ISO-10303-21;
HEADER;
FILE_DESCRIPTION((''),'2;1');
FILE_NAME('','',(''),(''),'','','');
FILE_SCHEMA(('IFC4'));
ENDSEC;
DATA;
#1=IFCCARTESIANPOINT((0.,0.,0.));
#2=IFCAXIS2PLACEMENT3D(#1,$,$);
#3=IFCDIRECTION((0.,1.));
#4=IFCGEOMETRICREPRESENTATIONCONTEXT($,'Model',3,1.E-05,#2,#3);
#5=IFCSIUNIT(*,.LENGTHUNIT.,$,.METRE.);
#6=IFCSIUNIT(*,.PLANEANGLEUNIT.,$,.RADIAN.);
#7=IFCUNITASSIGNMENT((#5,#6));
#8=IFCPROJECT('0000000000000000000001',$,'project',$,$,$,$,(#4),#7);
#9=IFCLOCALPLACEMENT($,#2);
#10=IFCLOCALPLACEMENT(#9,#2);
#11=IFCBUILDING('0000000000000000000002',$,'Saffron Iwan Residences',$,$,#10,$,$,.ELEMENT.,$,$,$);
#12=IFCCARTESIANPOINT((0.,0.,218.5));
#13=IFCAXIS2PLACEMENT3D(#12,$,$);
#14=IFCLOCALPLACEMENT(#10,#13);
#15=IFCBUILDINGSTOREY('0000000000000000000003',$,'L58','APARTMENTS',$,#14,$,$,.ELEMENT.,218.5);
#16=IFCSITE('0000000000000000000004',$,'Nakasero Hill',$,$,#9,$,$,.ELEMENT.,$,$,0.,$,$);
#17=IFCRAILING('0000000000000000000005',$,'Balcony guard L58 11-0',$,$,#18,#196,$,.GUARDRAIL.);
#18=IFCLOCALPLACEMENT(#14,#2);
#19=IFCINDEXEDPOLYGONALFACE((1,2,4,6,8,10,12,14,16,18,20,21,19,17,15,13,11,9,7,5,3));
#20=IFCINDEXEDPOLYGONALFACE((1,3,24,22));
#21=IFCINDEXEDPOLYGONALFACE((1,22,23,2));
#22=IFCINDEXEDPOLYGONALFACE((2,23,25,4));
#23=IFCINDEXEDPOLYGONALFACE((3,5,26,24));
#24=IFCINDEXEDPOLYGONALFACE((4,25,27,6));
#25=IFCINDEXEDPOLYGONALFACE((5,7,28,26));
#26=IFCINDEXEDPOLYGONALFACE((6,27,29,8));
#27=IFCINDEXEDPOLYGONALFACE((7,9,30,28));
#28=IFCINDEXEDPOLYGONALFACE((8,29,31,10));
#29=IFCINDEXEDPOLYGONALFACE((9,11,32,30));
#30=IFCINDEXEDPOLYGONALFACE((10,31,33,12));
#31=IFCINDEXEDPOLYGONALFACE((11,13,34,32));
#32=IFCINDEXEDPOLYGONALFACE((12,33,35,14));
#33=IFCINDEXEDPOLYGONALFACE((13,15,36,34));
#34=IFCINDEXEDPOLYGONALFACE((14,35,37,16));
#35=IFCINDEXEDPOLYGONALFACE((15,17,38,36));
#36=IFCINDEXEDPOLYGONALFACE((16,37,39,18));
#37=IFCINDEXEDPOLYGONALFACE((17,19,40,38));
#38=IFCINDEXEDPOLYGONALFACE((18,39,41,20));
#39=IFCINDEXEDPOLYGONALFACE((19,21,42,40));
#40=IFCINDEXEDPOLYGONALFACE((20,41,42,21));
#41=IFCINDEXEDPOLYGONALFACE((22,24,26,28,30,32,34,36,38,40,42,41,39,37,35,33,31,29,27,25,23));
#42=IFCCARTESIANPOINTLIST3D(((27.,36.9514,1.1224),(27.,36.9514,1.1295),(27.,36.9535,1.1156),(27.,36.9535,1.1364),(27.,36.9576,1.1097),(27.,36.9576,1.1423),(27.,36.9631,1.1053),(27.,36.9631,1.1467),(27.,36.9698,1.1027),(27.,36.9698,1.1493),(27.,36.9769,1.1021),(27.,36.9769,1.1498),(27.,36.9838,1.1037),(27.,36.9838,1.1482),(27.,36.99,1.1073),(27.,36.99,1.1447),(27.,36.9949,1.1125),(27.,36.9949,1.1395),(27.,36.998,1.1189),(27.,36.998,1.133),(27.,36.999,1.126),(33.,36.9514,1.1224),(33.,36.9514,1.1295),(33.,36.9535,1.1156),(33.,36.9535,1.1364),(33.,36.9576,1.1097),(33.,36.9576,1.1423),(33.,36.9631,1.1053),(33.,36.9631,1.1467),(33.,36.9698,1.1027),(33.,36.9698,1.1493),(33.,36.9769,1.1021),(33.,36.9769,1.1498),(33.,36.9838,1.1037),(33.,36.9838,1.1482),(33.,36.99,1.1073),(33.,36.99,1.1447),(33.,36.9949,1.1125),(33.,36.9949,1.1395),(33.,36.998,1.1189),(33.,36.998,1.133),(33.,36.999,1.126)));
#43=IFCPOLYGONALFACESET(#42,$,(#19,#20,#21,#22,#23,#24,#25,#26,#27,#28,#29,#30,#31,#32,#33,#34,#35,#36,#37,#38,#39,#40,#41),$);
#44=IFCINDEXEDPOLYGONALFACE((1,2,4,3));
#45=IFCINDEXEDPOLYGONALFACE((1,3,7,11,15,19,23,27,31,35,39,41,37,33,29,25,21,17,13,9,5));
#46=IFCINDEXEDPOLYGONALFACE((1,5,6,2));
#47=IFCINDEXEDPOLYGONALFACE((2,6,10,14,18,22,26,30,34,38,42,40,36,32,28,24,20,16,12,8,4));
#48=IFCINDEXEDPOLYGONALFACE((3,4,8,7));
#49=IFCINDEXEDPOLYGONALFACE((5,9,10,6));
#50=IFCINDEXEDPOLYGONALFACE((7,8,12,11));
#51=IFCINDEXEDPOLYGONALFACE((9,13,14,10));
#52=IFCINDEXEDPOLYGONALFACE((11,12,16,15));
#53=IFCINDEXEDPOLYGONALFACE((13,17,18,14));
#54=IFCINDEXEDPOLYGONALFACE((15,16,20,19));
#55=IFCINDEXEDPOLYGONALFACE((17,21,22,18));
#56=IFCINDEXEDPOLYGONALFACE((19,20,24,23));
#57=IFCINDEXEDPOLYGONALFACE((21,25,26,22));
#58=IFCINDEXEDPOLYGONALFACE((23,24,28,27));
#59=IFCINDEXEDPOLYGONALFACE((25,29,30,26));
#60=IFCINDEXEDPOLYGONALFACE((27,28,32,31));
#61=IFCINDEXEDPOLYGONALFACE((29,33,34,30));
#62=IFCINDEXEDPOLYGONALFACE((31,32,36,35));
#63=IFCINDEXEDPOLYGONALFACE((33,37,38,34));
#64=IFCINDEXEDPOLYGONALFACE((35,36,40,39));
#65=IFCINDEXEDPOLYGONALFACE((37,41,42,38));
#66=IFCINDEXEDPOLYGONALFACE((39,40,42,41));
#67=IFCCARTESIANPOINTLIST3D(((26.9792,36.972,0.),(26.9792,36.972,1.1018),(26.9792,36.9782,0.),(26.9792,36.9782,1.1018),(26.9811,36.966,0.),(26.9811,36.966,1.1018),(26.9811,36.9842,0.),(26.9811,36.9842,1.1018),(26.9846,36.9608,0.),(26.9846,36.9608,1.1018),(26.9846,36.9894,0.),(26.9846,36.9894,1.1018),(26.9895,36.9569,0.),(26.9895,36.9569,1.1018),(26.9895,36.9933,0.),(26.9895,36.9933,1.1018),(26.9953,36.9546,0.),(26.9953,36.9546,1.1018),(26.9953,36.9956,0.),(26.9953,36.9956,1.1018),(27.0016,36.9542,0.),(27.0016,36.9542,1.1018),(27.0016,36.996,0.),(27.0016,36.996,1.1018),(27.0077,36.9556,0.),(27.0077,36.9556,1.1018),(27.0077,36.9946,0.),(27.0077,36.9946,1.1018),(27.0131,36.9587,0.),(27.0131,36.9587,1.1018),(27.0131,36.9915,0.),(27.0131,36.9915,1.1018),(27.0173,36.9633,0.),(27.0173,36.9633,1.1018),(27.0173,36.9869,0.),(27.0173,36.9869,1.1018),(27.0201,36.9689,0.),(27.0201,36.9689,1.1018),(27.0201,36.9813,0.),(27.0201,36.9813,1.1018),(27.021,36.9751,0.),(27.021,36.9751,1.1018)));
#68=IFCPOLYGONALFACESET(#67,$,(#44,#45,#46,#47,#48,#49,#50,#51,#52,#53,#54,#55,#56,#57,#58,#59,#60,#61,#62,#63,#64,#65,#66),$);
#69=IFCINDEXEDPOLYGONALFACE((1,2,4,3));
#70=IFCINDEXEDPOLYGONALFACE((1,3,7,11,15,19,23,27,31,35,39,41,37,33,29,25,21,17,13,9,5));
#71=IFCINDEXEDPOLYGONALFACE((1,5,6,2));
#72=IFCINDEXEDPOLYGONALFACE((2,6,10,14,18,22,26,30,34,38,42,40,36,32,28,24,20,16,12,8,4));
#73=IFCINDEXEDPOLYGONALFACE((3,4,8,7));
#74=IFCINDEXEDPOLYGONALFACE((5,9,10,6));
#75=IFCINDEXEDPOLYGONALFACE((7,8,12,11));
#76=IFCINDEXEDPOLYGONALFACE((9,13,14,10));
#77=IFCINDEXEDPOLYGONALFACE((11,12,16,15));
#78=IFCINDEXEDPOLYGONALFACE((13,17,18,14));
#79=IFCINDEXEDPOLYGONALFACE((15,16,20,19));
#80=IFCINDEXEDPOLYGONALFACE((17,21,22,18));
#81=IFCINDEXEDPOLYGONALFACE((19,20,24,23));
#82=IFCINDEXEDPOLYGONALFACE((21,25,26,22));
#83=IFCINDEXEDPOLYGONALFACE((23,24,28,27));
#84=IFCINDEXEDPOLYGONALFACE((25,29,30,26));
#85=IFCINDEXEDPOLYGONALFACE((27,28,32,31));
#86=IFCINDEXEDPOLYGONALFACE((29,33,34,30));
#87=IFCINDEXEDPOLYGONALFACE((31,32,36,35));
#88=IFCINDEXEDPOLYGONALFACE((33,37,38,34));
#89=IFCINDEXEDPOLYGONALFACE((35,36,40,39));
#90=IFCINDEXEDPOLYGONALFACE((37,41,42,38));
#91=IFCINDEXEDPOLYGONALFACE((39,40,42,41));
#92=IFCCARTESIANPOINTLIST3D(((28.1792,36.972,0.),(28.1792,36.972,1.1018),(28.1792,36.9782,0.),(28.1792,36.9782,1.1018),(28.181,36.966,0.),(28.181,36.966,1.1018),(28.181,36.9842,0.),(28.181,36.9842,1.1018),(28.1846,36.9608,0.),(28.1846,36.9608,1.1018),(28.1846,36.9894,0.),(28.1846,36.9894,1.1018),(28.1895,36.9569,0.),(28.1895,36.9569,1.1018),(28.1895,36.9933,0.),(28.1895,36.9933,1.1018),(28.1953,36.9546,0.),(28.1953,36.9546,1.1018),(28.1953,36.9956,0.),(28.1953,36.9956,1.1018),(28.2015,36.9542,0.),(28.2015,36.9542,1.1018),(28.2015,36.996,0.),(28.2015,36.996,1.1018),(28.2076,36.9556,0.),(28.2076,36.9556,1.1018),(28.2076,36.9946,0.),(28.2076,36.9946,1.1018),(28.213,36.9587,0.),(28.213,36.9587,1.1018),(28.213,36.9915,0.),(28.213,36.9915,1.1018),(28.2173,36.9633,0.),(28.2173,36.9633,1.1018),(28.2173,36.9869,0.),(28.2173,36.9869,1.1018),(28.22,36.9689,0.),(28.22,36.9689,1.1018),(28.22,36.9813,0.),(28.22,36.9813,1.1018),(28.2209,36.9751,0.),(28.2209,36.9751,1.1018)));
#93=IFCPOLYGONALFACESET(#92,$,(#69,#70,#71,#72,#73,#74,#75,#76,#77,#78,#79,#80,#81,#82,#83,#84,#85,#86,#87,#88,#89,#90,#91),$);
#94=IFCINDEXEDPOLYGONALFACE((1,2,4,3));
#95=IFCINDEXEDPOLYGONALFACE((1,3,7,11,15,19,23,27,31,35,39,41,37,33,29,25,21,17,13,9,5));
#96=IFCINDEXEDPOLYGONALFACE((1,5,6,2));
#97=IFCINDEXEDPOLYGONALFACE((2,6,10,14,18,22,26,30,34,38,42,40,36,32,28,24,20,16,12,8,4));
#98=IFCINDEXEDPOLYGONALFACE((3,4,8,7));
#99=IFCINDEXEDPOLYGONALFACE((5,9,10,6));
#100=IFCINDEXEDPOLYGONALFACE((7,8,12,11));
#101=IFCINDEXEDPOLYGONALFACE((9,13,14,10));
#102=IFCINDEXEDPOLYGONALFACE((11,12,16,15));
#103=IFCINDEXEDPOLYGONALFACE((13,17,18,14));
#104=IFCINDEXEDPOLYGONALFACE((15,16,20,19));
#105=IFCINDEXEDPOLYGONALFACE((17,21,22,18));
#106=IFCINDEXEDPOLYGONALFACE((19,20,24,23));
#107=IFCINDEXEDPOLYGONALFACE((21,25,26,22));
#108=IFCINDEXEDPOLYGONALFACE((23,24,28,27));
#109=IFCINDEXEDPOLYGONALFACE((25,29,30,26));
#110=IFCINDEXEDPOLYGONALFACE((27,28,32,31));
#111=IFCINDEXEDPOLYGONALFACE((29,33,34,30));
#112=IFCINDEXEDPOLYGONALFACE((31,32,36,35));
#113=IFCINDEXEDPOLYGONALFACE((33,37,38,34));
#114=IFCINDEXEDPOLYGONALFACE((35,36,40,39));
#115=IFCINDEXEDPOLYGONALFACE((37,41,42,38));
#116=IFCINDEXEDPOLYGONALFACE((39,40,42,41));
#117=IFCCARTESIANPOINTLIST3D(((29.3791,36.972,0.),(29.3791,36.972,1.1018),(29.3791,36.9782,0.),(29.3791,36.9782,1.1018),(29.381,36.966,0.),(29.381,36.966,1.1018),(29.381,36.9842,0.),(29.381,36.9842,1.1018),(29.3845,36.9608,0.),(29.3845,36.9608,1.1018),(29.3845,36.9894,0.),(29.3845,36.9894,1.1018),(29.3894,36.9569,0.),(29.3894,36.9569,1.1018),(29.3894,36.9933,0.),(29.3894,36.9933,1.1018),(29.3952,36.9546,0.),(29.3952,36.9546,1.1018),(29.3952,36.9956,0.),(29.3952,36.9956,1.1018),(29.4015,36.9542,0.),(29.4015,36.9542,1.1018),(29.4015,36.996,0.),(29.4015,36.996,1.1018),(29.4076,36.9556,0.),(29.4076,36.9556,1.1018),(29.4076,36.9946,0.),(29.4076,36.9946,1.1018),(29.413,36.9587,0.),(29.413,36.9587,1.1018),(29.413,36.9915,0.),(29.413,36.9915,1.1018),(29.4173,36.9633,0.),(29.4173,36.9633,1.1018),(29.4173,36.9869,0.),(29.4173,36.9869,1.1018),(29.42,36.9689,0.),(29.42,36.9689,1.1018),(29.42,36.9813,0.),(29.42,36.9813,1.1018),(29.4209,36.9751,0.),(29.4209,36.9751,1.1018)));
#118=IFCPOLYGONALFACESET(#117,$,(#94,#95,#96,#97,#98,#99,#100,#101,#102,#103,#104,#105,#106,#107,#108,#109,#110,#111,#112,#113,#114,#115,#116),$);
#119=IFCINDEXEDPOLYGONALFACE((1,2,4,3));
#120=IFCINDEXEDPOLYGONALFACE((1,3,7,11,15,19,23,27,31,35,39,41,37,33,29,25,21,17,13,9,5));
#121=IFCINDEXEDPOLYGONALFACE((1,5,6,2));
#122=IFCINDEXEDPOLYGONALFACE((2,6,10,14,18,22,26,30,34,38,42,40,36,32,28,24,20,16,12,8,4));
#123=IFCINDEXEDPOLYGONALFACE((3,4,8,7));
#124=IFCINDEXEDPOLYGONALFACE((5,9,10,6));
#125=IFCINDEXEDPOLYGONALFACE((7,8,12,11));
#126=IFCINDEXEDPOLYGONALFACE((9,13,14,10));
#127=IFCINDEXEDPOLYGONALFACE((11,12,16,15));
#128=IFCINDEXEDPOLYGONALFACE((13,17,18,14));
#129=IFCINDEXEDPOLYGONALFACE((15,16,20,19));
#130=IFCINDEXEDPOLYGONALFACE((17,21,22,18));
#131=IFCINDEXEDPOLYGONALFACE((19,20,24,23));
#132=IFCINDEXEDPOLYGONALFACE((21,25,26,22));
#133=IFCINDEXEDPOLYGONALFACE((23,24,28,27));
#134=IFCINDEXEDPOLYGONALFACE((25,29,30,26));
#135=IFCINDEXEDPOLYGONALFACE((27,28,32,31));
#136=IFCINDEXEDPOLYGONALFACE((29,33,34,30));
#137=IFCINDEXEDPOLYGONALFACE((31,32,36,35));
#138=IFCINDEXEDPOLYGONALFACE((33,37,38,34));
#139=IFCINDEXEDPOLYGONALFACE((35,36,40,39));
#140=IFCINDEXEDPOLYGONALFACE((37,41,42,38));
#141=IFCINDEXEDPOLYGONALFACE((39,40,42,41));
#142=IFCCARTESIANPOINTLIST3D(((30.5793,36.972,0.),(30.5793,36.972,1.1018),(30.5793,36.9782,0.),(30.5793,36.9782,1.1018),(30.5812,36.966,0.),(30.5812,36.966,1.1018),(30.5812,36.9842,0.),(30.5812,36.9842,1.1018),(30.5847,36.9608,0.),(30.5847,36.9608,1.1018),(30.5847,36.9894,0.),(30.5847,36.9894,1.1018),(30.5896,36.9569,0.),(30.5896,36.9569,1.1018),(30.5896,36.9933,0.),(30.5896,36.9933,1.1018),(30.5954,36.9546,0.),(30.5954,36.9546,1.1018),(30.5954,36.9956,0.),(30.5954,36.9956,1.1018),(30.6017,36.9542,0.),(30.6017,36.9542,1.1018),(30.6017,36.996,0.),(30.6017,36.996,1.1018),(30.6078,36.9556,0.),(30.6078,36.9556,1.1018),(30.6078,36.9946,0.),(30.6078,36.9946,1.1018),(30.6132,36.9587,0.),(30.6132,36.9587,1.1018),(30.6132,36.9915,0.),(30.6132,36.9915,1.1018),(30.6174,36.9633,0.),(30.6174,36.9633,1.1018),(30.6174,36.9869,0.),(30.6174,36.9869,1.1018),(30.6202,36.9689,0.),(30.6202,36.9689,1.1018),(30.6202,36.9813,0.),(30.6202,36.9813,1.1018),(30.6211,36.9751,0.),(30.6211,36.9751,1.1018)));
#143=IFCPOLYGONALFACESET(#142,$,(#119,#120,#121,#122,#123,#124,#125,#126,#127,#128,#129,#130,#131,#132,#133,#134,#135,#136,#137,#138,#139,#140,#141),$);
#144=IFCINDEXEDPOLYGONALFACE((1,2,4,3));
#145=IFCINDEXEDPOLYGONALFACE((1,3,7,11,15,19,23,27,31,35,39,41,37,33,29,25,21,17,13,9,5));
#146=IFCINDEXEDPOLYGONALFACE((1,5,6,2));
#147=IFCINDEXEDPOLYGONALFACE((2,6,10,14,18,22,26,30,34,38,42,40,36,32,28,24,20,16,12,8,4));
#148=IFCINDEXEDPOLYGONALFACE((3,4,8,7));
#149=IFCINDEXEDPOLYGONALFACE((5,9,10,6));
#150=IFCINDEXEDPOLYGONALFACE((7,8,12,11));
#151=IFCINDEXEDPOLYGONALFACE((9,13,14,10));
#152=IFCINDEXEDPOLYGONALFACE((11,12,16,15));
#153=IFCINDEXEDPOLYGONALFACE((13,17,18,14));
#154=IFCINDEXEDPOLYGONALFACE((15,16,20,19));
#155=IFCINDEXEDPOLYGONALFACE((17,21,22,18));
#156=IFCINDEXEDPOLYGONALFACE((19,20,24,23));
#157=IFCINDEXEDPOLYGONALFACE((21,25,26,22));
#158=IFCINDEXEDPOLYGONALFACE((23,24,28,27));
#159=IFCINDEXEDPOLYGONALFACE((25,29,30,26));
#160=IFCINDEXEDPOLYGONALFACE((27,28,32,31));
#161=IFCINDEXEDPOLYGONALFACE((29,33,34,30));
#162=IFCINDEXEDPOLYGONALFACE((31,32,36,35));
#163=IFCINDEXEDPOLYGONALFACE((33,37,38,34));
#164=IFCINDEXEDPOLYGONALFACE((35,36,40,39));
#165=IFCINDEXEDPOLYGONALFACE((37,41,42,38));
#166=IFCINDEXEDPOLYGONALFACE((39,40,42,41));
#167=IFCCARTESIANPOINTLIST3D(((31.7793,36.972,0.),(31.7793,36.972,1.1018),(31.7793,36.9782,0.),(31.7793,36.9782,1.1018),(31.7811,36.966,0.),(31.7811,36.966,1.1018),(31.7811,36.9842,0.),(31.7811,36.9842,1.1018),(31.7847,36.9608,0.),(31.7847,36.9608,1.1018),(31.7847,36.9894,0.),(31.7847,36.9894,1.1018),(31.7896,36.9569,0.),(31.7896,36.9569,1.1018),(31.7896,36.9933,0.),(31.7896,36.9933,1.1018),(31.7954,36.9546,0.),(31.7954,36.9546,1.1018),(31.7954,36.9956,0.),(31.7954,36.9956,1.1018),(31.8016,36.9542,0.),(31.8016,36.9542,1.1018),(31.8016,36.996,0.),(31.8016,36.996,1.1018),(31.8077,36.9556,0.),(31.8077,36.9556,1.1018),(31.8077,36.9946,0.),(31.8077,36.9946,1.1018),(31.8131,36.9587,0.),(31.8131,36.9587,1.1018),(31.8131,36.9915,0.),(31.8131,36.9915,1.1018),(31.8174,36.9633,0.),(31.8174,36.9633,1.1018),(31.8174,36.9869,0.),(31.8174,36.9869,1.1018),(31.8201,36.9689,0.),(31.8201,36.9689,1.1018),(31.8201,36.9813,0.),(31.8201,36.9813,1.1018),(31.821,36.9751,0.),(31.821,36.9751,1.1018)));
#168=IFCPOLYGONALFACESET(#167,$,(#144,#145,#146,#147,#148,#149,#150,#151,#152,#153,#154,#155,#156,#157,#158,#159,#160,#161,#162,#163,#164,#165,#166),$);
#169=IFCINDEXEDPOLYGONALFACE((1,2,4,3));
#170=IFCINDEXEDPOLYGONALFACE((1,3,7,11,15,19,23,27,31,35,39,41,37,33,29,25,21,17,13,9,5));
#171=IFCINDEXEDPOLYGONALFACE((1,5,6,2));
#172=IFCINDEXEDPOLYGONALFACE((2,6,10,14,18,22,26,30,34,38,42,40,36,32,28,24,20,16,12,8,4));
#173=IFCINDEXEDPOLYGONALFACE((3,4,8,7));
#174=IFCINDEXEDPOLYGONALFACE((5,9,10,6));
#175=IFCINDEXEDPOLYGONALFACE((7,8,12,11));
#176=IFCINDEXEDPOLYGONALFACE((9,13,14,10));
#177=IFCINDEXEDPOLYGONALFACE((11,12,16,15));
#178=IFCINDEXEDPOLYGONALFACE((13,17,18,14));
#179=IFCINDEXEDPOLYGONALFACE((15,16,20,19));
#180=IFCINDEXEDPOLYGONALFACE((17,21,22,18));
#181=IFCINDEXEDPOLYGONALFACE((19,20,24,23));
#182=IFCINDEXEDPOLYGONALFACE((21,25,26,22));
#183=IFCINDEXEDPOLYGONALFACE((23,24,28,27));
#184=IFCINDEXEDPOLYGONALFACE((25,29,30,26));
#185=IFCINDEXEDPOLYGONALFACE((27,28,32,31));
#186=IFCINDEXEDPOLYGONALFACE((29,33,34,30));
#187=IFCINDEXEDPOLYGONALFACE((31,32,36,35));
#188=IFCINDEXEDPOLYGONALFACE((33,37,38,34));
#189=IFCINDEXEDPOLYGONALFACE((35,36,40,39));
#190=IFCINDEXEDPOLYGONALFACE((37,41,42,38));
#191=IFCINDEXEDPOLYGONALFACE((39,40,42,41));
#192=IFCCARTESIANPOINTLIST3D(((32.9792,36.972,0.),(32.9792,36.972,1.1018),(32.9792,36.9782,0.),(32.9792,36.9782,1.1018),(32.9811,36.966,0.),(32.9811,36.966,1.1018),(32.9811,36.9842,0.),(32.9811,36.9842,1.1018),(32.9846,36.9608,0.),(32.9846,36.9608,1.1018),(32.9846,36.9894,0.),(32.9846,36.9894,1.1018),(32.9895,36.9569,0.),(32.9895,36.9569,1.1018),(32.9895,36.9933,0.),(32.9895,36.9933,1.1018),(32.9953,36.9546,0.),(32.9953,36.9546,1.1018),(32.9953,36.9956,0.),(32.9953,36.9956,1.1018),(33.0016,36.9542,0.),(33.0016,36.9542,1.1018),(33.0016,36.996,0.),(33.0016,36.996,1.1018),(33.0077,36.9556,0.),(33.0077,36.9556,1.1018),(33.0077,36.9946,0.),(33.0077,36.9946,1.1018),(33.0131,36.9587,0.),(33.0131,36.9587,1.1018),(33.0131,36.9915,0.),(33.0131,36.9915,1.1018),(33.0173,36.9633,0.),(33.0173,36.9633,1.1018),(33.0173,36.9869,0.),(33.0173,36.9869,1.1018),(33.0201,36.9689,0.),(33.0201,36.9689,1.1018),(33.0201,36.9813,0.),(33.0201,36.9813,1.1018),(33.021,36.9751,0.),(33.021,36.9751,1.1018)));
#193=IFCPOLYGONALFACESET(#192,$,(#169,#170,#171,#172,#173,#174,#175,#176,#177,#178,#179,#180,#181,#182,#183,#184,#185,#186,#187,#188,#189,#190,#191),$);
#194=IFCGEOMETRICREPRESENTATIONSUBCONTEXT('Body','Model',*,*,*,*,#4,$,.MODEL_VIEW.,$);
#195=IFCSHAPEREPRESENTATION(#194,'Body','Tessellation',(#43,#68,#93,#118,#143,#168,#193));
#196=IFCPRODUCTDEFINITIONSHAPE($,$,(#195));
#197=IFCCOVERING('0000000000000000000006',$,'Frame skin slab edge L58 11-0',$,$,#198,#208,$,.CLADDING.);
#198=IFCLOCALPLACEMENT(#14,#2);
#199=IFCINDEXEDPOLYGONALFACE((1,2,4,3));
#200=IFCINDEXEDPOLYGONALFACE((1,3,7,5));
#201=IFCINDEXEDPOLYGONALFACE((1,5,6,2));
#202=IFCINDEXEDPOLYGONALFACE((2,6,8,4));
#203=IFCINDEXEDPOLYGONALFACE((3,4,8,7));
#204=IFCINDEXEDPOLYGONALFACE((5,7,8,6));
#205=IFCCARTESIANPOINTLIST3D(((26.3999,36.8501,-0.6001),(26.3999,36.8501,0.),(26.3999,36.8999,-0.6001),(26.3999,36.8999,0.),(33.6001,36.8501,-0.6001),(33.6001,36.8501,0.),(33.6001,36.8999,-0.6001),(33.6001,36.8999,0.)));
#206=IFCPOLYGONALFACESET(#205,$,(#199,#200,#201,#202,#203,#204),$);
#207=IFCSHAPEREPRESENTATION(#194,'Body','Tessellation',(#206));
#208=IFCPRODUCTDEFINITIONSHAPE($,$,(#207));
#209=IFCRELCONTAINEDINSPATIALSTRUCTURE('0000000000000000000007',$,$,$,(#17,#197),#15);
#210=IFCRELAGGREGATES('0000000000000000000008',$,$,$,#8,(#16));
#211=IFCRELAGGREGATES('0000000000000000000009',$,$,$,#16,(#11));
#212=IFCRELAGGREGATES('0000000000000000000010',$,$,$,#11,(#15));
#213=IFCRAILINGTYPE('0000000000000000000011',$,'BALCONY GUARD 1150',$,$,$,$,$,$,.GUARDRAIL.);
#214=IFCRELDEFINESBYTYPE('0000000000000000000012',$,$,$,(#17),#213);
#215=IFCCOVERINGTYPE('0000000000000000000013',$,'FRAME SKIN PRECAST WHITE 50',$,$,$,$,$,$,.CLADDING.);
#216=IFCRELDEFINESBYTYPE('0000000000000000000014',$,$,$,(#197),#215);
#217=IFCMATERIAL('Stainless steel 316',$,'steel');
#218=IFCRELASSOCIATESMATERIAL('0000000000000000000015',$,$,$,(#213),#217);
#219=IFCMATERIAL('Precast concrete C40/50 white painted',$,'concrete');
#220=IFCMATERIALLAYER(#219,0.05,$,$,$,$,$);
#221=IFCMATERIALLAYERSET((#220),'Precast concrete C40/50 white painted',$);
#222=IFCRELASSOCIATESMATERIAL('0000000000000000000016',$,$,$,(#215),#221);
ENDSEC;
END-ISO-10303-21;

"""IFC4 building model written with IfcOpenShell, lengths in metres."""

from ifc_helpers import new_model, si_unit, direction, frame, origin, origin_2d, place, context, subcontext, project, spatial, polyline, circle, outline, extrude, material, layer, layer_set, type_object, element, save


model = new_model("IFC4")

# Units and contexts
model_context = context("Model", 3, precision=1e-05, world=origin(), true_north=direction((0.0, 1.0)))
body_context = subcontext(model_context, "Body", "Model", "MODEL_VIEW")
ifc_project = project(units=[si_unit("LENGTHUNIT", "METRE"), si_unit("PLANEANGLEUNIT", "RADIAN")], contexts=[model_context])

# Site, building, storey
site_placement = place(None, origin())
site = spatial("IfcSite", under=ifc_project, at=site_placement, Name="Nakasero Hill", CompositionType="ELEMENT", RefElevation=0.0)
building_placement = place(site_placement, origin())
building = spatial("IfcBuilding", under=site, at=building_placement, Name="Saffron Iwan Residences", CompositionType="ELEMENT")
storey_placement = place(building_placement, frame((0.0, 0.0, 218.5)))
storey = spatial("IfcBuildingStorey", under=building, at=storey_placement, Name="L58", Description="APARTMENTS", CompositionType="ELEMENT", Elevation=218.5)

# Railing
ifc_material_1 = material(Name="Stainless steel 316", Category="steel")
railing_type = type_object("IfcRailingType", Name="BALCONY GUARD 1150", PredefinedType="GUARDRAIL", material=ifc_material_1)
railing_placement = place(storey_placement, frame((27.0, 36.9751, 0.0)))
element("IfcRailing", 1, at=railing_placement, inside=storey, type_object=railing_type, Name="Balcony guard L58 11-0", PredefinedType="GUARDRAIL", context=body_context, shape_type="SweptSolid", body=[
    extrude(circle(Radius=0.0239, at=origin_2d()), frame((0.0, 0.0, 1.126), z_axis=(1.0, 0.0, 0.0), x_axis=(0.0, 1.0, 0.0)), (0.0, 0.0, 1.0), 6.0),
    extrude(circle(Radius=0.021, at=origin_2d()), origin(), (0.0, 0.0, 1.0), 1.1018),
    extrude(circle(Radius=0.021, at=origin_2d()), frame((1.2, 0.0, 0.0)), (0.0, 0.0, 1.0), 1.1018),
    extrude(circle(Radius=0.021, at=origin_2d()), frame((2.3999, 0.0, 0.0)), (0.0, 0.0, 1.0), 1.1018),
    extrude(circle(Radius=0.021, at=origin_2d()), frame((3.6001, 0.0, 0.0)), (0.0, 0.0, 1.0), 1.1018),
    extrude(circle(Radius=0.021, at=origin_2d()), frame((4.8, 0.0, 0.0)), (0.0, 0.0, 1.0), 1.1018),
    extrude(circle(Radius=0.021, at=origin_2d()), frame((6.0, 0.0, 0.0)), (0.0, 0.0, 1.0), 1.1018),
])

# Covering
ifc_material_2 = material(Name="Precast concrete C40/50 white painted", Category="concrete")
ifc_layer_1 = layer(ifc_material_2, 0.05)
ifc_layer_set_1 = layer_set([ifc_layer_1], Name="Precast concrete C40/50 white painted")
covering_type_1 = type_object("IfcCoveringType", Name="FRAME SKIN PRECAST WHITE 50", PredefinedType="CLADDING", material=ifc_layer_set_1)
for number, where, name in (
    (2, (0.0, 0.0, -0.6001), "Frame skin slab edge L58 11-0"),
):
    element("IfcCovering", number, at=place(storey_placement, frame(where)), inside=storey, type_object=covering_type_1, Name=name, PredefinedType="CLADDING", context=body_context, shape_type="SweptSolid", body=[
        extrude(outline(polyline([(26.3999, 36.8501), (33.6001, 36.8501), (33.6001, 36.8999), (26.3999, 36.8999), (26.3999, 36.8501)])), origin(), (0.0, 0.0, 1.0), 0.6001),
    ])

save(model, "model.ifc")
